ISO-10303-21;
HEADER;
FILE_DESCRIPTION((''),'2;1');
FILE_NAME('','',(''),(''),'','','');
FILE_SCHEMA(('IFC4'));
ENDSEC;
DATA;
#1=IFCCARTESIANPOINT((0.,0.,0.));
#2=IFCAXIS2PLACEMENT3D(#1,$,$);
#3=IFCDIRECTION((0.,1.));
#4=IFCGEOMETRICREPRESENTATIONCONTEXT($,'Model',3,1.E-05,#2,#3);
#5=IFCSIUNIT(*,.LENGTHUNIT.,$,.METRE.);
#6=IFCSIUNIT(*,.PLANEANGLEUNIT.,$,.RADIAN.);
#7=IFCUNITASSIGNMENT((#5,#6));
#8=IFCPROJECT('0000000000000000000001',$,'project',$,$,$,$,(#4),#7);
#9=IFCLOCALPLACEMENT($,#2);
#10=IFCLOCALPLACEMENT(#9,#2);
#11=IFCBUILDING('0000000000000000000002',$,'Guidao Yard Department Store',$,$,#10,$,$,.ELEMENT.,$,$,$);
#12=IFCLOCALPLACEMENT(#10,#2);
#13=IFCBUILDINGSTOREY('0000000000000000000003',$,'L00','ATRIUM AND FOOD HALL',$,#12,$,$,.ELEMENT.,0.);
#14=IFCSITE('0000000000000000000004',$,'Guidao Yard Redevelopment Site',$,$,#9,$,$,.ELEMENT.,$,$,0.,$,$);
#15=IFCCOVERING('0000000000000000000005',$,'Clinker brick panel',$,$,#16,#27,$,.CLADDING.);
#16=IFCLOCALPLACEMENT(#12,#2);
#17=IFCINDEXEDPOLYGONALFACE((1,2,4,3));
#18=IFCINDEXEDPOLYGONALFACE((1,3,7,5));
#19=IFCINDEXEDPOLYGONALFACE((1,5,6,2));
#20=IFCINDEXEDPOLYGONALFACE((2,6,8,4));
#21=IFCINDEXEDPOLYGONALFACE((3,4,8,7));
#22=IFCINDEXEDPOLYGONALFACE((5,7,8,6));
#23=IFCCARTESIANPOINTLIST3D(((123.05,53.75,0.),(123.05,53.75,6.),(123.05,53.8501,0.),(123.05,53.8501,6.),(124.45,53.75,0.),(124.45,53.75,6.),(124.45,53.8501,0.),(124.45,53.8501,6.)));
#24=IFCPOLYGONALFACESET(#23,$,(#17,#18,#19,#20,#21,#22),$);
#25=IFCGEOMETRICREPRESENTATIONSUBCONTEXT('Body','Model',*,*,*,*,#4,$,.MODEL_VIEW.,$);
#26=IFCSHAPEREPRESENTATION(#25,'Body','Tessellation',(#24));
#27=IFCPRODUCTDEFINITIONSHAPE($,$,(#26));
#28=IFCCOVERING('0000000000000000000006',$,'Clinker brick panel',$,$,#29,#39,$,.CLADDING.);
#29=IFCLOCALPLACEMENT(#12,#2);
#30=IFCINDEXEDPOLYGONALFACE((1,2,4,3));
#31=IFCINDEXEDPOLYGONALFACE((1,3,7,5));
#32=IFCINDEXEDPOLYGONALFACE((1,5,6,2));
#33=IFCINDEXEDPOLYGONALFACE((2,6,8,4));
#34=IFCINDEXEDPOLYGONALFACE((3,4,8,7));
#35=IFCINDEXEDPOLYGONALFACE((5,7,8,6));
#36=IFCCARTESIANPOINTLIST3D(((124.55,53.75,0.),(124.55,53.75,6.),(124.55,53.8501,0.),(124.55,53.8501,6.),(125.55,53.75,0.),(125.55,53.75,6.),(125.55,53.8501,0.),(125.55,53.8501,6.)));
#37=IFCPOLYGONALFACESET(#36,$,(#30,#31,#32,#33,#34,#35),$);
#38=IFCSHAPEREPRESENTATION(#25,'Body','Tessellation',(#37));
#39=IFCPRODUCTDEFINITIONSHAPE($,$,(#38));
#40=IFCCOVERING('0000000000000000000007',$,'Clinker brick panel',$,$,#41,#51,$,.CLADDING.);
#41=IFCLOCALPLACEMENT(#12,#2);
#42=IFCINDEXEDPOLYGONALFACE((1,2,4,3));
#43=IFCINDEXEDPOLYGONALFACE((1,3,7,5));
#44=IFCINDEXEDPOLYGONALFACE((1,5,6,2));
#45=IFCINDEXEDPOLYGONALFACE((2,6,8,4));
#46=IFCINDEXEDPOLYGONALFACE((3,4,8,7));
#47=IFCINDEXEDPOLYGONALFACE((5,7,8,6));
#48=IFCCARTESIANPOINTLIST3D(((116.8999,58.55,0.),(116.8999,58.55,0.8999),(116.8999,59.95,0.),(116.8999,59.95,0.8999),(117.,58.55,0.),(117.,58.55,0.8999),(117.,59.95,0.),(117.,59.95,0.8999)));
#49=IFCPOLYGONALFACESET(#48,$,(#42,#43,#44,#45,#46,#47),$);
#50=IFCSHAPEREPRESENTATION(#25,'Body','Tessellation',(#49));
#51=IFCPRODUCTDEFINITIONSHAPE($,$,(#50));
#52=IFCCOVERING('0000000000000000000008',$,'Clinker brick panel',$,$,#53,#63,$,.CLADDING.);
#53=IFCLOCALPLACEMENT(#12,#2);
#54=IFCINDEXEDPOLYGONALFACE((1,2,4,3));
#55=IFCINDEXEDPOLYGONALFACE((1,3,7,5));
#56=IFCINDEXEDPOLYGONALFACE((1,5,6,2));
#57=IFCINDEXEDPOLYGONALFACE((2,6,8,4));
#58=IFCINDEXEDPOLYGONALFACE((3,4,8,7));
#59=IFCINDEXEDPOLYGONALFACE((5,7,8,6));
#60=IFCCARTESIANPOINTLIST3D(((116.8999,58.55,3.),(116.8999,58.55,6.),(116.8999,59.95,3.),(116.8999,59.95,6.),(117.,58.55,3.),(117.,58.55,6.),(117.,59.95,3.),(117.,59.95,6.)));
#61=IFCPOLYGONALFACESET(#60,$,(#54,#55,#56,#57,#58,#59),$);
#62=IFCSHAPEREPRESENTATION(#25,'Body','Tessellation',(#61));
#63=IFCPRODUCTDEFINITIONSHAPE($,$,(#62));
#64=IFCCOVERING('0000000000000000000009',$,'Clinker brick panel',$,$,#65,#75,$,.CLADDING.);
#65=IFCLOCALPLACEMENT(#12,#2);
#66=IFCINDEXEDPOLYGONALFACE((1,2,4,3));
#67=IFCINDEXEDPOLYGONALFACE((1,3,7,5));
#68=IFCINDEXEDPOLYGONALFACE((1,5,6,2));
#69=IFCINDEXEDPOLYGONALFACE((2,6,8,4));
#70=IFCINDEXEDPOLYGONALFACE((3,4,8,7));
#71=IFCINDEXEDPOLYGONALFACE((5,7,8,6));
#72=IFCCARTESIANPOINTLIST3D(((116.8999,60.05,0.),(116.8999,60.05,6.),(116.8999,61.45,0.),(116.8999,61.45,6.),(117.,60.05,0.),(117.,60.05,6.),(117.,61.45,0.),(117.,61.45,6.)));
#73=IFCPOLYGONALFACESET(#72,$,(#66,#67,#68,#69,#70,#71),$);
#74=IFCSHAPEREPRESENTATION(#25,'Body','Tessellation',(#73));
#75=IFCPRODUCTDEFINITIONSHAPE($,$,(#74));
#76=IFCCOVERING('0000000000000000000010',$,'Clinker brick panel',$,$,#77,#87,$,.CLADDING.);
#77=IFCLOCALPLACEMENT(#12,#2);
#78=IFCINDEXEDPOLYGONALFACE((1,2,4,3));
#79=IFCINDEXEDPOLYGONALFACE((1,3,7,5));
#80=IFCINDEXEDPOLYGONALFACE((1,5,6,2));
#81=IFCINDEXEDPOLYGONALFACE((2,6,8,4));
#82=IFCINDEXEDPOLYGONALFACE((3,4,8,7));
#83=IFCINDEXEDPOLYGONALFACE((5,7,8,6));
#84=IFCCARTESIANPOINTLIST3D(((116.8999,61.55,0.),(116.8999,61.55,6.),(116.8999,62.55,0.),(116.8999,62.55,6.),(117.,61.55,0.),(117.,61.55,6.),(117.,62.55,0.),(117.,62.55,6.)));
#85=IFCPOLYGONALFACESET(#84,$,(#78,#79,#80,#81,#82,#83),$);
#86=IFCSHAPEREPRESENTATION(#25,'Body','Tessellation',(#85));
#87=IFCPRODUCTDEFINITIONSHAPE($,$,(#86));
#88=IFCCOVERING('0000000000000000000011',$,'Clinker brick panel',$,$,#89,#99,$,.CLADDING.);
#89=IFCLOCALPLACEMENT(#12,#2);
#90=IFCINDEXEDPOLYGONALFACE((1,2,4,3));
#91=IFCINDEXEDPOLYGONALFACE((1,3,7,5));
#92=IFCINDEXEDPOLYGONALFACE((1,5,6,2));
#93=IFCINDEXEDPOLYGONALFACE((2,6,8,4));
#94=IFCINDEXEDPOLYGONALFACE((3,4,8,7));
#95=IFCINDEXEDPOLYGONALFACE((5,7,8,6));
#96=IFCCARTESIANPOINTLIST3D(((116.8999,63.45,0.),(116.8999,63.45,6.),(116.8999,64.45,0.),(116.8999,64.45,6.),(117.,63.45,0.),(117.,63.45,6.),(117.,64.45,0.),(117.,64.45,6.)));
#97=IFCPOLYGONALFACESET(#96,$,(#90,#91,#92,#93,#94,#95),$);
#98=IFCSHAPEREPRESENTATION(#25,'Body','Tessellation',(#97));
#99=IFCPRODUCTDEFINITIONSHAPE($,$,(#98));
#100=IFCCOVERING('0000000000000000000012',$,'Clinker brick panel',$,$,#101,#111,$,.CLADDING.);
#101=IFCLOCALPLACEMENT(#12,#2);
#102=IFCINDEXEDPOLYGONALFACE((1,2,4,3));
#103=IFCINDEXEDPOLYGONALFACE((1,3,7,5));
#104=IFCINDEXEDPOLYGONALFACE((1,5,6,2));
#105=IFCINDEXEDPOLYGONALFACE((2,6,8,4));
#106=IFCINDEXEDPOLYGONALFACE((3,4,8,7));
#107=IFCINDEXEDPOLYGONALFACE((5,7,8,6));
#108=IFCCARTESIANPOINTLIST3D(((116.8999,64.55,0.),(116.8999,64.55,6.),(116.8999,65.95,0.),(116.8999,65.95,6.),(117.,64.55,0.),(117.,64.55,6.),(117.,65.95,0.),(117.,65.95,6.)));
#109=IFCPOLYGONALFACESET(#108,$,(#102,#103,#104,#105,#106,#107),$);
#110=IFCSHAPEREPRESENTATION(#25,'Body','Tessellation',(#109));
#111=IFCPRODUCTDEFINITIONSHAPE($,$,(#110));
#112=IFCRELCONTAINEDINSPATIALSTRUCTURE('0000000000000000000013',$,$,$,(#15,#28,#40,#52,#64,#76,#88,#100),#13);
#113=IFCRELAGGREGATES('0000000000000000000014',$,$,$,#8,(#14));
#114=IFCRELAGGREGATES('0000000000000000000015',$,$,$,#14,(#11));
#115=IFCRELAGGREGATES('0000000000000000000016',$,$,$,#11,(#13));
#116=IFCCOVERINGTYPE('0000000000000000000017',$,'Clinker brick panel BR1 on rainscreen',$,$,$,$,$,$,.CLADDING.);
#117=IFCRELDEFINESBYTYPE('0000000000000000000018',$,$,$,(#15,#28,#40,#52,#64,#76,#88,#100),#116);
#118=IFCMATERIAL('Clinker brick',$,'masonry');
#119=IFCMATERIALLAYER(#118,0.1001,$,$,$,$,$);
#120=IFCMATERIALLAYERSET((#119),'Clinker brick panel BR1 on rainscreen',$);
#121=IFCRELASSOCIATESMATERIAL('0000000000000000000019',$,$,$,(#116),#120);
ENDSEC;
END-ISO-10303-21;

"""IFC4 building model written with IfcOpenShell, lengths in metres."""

from ifc_helpers import new_model, si_unit, direction, frame, origin, origin_2d, place, context, subcontext, project, spatial, rectangle, extrude, material, layer, layer_set, type_object, element, save


model = new_model("IFC4")

# Units and contexts
model_context = context("Model", 3, precision=1e-05, world=origin(), true_north=direction((0.0, 1.0)))
body_context = subcontext(model_context, "Body", "Model", "MODEL_VIEW")
ifc_project = project(units=[si_unit("LENGTHUNIT", "METRE"), si_unit("PLANEANGLEUNIT", "RADIAN")], contexts=[model_context])

# Site, building, storey
site_placement = place(None, origin())
site = spatial("IfcSite", under=ifc_project, at=site_placement, Name="Guidao Yard Redevelopment Site", CompositionType="ELEMENT", RefElevation=0.0)
building_placement = place(site_placement, origin())
building = spatial("IfcBuilding", under=site, at=building_placement, Name="Guidao Yard Department Store", CompositionType="ELEMENT")
storey_placement = place(building_placement, origin())
storey = spatial("IfcBuildingStorey", under=building, at=storey_placement, Name="L00", Description="ATRIUM AND FOOD HALL", CompositionType="ELEMENT", Elevation=0.0)

# Coverings
ifc_material_1 = material(Name="Clinker brick", Category="masonry")
ifc_layer_1 = layer(ifc_material_1, 0.1001)
ifc_layer_set_1 = layer_set([ifc_layer_1], Name="Clinker brick panel BR1 on rainscreen")
covering_type = type_object("IfcCoveringType", Name="Clinker brick panel BR1 on rainscreen", PredefinedType="CLADDING", material=ifc_layer_set_1)
covering_1_placement = place(storey_placement, frame((123.75, 53.8, 0.0), z_axis=(0.0, 0.0, 1.0), x_axis=(-1.0, 0.0, 0.0)))
element("IfcCovering", 1, at=covering_1_placement, inside=storey, type_object=covering_type, Name="Clinker brick panel", PredefinedType="CLADDING", context=body_context, shape_type="SweptSolid", body=[
    extrude(rectangle(XDim=1.3999, YDim=0.1001, at=origin_2d()), origin(), (0.0, 0.0, 1.0), 6.0),
])
covering_2_placement = place(storey_placement, frame((125.05, 53.8, 0.0), z_axis=(0.0, 0.0, 1.0), x_axis=(-1.0, 0.0, 0.0)))
element("IfcCovering", 2, at=covering_2_placement, inside=storey, type_object=covering_type, Name="Clinker brick panel", PredefinedType="CLADDING", context=body_context, shape_type="SweptSolid", body=[
    extrude(rectangle(XDim=1.0, YDim=0.1001, at=origin_2d()), origin(), (0.0, 0.0, 1.0), 6.0),
])
covering_3_placement = place(storey_placement, frame((116.95, 59.25, 0.0), z_axis=(0.0, 0.0, 1.0), x_axis=(0.0, 1.0, 0.0)))
element("IfcCovering", 3, at=covering_3_placement, inside=storey, type_object=covering_type, Name="Clinker brick panel", PredefinedType="CLADDING", context=body_context, shape_type="SweptSolid", body=[
    extrude(rectangle(XDim=1.3999, YDim=0.1001, at=origin_2d()), origin(), (0.0, 0.0, 1.0), 0.8999),
])
covering_4_placement = place(storey_placement, frame((116.95, 59.25, 3.0), z_axis=(0.0, 0.0, 1.0), x_axis=(0.0, 1.0, 0.0)))
element("IfcCovering", 4, at=covering_4_placement, inside=storey, type_object=covering_type, Name="Clinker brick panel", PredefinedType="CLADDING", context=body_context, shape_type="SweptSolid", body=[
    extrude(rectangle(XDim=1.3999, YDim=0.1001, at=origin_2d()), origin(), (0.0, 0.0, 1.0), 3.0),
])
covering_5_placement = place(storey_placement, frame((116.95, 60.75, 0.0), z_axis=(0.0, 0.0, 1.0), x_axis=(0.0, 1.0, 0.0)))
element("IfcCovering", 5, at=covering_5_placement, inside=storey, type_object=covering_type, Name="Clinker brick panel", PredefinedType="CLADDING", context=body_context, shape_type="SweptSolid", body=[
    extrude(rectangle(XDim=1.3999, YDim=0.1001, at=origin_2d()), origin(), (0.0, 0.0, 1.0), 6.0),
])
for number, where, z_axis, x_axis, name in (
    (6, (116.95, 62.05, 0.0), (0.0, 0.0, 1.0), (0.0, 1.0, 0.0), "Clinker brick panel"),
    (7, (116.95, 63.95, 0.0), (0.0, 0.0, 1.0), (0.0, 1.0, 0.0), "Clinker brick panel"),
):
    element("IfcCovering", number, at=place(storey_placement, frame(where, z_axis=z_axis, x_axis=x_axis)), inside=storey, type_object=covering_type, Name=name, PredefinedType="CLADDING", context=body_context, shape_type="SweptSolid", body=[
        extrude(rectangle(XDim=1.0, YDim=0.1001, at=origin_2d()), origin(), (0.0, 0.0, 1.0), 6.0),
    ])
covering_6_placement = place(storey_placement, frame((116.95, 65.25, 0.0), z_axis=(0.0, 0.0, 1.0), x_axis=(0.0, 1.0, 0.0)))
element("IfcCovering", 8, at=covering_6_placement, inside=storey, type_object=covering_type, Name="Clinker brick panel", PredefinedType="CLADDING", context=body_context, shape_type="SweptSolid", body=[
    extrude(rectangle(XDim=1.3999, YDim=0.1001, at=origin_2d()), origin(), (0.0, 0.0, 1.0), 6.0),
])

save(model, "model.ifc")
